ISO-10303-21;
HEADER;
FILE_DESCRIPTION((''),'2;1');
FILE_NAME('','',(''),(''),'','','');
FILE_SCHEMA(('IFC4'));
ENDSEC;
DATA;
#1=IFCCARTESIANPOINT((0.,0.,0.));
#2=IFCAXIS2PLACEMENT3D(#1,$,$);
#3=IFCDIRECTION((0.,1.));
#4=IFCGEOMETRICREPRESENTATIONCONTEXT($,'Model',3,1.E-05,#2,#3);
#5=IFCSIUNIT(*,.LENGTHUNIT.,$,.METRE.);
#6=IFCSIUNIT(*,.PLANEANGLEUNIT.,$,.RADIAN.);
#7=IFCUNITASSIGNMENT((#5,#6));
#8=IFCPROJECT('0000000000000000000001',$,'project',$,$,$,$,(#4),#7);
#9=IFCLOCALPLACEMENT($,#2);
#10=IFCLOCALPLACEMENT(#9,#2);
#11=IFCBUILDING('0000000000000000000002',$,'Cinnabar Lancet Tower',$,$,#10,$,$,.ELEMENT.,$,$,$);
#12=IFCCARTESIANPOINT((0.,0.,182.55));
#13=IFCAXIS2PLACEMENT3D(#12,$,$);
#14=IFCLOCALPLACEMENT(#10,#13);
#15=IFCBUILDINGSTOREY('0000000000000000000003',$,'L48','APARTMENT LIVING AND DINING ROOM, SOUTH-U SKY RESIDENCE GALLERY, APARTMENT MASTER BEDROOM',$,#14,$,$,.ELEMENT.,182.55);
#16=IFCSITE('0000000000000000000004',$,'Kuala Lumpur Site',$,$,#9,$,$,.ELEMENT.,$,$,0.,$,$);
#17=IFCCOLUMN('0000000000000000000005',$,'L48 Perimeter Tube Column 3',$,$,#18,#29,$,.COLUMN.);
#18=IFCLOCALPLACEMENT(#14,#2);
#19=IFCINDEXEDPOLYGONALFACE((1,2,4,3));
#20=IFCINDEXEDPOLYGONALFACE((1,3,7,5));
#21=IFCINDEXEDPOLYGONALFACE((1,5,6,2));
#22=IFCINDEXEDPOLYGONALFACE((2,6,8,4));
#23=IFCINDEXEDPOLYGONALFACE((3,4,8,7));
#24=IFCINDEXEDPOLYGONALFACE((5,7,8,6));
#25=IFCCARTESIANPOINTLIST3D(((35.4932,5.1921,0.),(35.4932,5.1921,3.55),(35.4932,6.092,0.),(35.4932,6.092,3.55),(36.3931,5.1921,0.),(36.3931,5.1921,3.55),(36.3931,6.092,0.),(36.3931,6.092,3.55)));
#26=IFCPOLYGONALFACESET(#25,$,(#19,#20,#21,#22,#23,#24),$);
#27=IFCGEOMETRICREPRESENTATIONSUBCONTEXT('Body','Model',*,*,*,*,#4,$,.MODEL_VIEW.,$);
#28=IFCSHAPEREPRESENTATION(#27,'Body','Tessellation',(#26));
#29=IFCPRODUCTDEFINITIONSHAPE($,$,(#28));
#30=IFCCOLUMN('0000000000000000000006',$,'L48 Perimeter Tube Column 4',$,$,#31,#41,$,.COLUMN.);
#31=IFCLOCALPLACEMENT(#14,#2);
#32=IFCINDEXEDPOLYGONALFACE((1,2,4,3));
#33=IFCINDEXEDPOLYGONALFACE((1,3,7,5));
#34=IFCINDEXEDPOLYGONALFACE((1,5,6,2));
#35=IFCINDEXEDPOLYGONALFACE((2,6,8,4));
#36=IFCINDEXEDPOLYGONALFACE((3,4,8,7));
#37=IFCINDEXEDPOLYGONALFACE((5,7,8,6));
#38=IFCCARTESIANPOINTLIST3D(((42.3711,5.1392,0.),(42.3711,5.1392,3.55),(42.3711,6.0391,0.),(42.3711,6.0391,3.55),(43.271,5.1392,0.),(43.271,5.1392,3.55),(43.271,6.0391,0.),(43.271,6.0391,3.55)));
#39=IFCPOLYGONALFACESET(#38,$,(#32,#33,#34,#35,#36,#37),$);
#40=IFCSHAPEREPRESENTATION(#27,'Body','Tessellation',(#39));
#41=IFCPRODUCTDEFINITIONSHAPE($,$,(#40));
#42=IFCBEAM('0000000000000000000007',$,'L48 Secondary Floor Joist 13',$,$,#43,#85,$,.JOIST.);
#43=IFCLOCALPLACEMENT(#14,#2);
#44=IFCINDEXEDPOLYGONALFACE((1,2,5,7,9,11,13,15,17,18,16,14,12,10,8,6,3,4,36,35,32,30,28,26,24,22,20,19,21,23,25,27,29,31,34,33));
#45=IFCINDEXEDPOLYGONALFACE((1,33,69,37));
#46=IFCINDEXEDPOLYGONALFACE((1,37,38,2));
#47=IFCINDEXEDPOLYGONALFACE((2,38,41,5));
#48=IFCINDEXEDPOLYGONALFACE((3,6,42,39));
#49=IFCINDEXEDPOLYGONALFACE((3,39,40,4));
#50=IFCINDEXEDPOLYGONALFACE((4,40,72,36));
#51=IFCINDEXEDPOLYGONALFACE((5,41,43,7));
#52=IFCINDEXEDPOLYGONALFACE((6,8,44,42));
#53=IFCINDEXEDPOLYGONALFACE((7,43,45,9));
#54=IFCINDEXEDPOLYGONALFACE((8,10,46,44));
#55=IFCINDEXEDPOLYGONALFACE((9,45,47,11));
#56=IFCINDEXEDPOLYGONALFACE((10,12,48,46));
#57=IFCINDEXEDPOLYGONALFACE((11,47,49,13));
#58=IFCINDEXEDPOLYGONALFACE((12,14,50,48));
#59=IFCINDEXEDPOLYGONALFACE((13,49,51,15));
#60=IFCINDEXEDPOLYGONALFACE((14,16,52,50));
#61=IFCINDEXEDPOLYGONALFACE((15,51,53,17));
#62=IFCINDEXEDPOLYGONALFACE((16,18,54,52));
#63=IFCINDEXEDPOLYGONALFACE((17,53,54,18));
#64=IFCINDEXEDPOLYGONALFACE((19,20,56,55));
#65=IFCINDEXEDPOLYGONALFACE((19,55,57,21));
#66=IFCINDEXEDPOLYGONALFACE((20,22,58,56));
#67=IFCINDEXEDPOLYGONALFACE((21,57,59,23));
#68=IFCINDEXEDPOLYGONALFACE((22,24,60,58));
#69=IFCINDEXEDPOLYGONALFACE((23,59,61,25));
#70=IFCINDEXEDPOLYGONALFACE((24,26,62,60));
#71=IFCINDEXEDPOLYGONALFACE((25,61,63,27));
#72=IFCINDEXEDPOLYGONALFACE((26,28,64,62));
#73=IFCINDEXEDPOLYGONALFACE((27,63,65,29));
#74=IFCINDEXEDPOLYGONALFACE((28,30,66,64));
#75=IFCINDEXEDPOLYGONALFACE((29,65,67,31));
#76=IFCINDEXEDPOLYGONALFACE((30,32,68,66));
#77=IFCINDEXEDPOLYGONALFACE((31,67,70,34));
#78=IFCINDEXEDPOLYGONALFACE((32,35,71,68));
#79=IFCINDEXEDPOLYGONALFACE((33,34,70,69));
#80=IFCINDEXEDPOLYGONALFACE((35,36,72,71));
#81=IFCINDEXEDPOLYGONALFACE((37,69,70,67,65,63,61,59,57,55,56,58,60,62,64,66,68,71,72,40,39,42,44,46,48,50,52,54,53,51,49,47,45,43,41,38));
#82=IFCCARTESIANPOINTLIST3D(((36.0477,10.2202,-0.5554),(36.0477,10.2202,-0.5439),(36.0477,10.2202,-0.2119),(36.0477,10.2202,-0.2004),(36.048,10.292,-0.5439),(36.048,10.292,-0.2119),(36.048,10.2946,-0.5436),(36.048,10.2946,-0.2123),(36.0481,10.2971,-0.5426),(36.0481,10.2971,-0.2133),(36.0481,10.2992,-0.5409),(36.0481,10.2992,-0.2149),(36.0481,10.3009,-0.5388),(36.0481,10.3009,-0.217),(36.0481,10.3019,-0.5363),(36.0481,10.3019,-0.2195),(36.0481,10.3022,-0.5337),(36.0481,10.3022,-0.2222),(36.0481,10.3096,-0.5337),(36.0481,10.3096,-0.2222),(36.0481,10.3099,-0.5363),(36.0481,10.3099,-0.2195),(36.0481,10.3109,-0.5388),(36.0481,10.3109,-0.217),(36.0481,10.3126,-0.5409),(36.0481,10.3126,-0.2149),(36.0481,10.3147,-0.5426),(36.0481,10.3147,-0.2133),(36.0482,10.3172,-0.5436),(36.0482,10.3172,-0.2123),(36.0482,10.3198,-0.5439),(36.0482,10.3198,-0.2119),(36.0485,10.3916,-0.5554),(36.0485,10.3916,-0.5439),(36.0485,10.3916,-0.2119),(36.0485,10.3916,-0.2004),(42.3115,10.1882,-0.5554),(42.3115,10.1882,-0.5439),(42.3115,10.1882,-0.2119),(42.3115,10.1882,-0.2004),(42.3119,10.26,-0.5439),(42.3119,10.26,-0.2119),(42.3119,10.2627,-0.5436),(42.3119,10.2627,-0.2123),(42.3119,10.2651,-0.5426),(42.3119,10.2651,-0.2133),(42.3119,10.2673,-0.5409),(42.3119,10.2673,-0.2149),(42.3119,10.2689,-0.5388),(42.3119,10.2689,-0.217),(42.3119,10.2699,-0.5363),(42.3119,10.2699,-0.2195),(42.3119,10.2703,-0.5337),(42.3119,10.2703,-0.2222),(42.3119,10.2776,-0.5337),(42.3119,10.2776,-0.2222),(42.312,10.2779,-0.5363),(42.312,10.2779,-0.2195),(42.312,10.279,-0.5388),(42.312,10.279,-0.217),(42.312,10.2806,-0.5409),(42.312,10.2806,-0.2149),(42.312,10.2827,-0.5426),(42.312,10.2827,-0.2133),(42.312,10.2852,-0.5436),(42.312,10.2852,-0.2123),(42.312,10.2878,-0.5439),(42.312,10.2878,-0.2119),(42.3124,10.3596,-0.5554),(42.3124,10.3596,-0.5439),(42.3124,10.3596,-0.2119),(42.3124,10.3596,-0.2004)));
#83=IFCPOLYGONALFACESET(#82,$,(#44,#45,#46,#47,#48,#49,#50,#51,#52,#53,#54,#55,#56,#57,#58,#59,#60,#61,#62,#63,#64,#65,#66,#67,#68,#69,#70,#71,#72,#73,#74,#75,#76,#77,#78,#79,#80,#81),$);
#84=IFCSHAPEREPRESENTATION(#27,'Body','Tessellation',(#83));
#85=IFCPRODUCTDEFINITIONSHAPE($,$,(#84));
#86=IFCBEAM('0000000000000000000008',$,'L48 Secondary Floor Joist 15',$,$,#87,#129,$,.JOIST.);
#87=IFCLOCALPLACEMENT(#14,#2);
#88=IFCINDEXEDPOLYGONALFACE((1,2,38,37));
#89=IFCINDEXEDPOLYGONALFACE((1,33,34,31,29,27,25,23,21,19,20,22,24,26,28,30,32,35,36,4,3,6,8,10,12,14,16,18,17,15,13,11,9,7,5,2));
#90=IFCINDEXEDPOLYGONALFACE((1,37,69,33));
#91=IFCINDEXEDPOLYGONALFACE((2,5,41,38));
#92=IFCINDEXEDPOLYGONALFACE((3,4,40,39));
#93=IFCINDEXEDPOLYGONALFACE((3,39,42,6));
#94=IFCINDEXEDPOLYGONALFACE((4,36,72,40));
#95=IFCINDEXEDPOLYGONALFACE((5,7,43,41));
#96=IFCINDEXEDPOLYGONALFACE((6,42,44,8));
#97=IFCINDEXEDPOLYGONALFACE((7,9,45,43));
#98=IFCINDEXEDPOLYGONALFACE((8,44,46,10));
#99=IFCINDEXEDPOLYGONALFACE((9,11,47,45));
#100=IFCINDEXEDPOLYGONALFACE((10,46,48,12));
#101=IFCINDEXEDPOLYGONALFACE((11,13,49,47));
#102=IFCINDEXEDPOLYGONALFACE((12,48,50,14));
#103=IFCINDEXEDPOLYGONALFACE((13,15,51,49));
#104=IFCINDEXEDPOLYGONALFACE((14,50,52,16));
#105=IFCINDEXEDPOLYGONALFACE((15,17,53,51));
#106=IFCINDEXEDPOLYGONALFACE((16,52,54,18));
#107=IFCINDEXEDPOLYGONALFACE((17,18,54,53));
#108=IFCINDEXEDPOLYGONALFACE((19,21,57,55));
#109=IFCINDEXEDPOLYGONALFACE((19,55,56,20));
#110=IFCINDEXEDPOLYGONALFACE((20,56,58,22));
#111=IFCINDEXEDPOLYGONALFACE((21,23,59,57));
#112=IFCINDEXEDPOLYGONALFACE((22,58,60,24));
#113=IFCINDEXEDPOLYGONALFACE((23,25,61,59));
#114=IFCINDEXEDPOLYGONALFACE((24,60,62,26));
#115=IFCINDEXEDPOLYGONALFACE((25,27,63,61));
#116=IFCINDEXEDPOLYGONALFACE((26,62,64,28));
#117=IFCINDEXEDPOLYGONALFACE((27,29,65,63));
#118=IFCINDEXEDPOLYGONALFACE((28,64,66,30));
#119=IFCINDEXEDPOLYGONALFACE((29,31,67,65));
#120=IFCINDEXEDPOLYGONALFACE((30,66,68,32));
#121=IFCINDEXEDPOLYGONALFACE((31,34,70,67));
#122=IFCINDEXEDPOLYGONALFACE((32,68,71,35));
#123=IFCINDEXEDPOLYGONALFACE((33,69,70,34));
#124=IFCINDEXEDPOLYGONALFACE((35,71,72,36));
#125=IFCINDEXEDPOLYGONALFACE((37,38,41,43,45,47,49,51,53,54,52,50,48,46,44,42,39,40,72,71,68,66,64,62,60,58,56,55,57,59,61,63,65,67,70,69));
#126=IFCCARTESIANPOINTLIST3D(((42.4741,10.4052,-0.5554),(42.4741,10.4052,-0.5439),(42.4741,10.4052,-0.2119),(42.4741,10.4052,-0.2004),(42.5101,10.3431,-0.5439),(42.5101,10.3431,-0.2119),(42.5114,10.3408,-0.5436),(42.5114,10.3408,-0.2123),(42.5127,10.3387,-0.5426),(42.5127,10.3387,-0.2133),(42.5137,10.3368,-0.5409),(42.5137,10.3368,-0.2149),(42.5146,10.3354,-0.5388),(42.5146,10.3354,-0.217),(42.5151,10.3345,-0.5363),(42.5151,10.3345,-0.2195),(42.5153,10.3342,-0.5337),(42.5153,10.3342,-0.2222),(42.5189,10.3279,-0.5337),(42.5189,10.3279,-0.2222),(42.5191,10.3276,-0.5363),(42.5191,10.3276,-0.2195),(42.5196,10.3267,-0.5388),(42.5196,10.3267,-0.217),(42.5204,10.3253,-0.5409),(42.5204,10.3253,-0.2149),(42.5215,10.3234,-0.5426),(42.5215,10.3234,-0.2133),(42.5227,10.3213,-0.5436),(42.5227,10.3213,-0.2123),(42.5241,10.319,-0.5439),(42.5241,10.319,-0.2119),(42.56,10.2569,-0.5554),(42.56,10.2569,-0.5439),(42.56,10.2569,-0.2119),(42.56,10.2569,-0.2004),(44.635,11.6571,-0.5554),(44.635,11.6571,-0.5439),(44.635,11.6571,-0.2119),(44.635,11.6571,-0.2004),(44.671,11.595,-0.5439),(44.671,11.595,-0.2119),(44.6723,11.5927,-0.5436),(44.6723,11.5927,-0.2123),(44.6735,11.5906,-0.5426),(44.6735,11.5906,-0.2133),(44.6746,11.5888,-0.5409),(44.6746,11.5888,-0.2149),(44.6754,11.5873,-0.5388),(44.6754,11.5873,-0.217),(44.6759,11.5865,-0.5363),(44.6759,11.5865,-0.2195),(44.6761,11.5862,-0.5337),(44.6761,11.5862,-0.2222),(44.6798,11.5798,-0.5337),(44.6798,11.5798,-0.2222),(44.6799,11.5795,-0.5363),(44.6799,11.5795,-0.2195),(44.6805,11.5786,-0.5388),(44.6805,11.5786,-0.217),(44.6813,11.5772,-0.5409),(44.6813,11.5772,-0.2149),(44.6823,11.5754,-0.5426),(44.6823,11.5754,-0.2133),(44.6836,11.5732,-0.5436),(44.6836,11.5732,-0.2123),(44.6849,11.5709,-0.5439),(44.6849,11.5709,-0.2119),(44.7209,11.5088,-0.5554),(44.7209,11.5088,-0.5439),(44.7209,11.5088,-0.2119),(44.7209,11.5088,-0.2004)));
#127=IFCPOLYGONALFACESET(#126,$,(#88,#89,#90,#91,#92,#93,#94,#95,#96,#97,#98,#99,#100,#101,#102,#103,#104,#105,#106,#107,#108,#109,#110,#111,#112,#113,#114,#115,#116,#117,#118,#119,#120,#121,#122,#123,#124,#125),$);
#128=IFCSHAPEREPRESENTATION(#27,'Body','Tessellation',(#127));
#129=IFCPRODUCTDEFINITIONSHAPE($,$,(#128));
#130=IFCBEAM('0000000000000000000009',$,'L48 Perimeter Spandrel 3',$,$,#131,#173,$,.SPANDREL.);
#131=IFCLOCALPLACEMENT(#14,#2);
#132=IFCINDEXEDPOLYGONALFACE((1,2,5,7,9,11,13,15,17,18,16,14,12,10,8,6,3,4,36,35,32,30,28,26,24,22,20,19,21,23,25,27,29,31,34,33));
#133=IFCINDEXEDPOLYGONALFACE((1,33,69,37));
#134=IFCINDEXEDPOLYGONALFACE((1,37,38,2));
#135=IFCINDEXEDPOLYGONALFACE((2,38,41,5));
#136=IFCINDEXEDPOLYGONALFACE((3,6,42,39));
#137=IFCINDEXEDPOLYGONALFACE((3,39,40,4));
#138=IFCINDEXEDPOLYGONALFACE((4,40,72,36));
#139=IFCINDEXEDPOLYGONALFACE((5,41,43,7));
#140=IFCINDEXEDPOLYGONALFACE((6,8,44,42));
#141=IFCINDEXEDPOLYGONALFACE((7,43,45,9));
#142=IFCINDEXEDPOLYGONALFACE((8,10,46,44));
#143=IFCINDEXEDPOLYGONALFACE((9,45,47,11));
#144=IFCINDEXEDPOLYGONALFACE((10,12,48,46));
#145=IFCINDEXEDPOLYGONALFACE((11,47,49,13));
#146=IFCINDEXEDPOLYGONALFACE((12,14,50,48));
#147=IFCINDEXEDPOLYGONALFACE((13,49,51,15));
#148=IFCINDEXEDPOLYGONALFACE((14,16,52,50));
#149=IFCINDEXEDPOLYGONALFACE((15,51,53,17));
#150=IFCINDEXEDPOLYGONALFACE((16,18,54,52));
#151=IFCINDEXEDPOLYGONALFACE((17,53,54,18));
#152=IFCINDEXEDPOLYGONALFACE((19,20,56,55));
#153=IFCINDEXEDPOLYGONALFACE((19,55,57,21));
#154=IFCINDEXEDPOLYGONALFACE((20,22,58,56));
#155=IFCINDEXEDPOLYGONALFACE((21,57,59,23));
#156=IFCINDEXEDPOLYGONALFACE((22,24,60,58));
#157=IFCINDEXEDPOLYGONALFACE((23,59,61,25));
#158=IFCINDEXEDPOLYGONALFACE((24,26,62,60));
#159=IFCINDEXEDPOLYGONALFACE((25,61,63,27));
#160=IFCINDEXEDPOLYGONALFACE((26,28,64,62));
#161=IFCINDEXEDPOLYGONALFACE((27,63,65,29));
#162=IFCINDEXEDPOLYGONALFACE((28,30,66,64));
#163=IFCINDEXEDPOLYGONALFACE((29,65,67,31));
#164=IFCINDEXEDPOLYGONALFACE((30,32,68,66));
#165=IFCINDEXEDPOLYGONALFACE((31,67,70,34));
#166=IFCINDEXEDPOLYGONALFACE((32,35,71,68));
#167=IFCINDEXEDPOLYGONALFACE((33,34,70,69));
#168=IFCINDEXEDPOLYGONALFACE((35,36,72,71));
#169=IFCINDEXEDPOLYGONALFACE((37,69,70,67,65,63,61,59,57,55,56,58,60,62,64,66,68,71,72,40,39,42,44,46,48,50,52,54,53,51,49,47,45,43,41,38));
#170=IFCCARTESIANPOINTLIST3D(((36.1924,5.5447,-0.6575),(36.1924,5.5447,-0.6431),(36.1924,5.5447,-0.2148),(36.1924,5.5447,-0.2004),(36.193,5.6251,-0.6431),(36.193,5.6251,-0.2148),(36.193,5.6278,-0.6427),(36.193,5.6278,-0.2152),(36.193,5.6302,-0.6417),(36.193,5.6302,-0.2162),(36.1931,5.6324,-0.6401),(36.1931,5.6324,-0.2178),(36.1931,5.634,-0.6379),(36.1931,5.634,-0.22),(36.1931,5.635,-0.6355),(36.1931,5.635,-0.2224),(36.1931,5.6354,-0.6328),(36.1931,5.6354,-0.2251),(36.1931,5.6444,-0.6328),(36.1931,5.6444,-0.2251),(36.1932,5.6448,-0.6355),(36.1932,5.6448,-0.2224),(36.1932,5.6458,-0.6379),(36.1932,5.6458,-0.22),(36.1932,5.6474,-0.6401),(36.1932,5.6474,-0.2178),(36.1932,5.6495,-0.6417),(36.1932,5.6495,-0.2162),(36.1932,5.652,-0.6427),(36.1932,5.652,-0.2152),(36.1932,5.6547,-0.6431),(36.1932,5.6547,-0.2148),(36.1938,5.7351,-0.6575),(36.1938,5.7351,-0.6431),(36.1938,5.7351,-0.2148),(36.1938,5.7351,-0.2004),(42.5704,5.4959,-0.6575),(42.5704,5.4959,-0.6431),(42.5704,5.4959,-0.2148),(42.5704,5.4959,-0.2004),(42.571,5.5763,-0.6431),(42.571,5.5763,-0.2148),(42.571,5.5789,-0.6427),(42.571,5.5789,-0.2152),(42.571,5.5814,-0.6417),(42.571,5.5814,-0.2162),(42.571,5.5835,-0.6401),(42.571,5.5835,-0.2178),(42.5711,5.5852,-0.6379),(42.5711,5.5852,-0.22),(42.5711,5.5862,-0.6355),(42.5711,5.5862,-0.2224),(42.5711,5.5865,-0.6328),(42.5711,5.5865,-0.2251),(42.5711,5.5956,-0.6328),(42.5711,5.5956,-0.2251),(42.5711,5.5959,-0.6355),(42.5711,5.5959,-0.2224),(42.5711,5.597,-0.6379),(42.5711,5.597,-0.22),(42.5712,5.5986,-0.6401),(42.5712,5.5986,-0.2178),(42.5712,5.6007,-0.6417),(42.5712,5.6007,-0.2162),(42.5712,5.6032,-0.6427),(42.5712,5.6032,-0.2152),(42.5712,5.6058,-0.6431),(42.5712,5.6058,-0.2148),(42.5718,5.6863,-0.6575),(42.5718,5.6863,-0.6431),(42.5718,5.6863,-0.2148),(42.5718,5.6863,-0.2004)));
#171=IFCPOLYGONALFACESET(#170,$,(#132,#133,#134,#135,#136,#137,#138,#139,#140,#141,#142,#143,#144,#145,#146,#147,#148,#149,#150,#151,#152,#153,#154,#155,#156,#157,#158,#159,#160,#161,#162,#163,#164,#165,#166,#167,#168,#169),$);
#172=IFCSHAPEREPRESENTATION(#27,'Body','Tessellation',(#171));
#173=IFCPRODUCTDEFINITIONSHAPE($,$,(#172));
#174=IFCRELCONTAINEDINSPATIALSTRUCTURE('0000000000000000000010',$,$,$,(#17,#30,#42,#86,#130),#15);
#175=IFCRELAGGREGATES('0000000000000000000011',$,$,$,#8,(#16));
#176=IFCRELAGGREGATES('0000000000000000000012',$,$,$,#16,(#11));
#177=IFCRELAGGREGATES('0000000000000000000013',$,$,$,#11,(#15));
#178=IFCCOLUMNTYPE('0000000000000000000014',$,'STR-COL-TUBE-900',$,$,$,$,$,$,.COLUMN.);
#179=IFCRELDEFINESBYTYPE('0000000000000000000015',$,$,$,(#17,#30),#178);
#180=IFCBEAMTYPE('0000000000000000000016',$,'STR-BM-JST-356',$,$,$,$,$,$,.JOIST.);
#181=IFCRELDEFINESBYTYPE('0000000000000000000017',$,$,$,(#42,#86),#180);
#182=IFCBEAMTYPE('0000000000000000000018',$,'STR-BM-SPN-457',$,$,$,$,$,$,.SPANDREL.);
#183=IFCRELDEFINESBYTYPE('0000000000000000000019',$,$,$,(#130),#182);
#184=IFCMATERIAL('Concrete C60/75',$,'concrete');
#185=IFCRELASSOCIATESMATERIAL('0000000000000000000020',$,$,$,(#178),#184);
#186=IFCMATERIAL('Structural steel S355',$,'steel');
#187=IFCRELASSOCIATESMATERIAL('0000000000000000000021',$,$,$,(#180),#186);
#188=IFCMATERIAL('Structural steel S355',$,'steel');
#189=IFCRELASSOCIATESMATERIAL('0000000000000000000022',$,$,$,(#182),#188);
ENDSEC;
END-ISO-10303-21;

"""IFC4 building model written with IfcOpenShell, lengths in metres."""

from ifc_helpers import new_model, si_unit, direction, frame, origin, origin_2d, place, context, subcontext, project, spatial, rectangle, i_section, extrude, material, material_profile, profile_set, type_object, element, save


model = new_model("IFC4")

# Units and contexts
model_context = context("Model", 3, precision=1e-05, world=origin(), true_north=direction((0.0, 1.0)))
body_context = subcontext(model_context, "Body", "Model", "MODEL_VIEW")
ifc_project = project(units=[si_unit("LENGTHUNIT", "METRE"), si_unit("PLANEANGLEUNIT", "RADIAN")], contexts=[model_context])

# Site, building, storey
site_placement = place(None, origin())
site = spatial("IfcSite", under=ifc_project, at=site_placement, Name="Kuala Lumpur Site", CompositionType="ELEMENT", RefElevation=0.0)
building_placement = place(site_placement, origin())
building = spatial("IfcBuilding", under=site, at=building_placement, Name="Cinnabar Lancet Tower", CompositionType="ELEMENT")
storey_placement = place(building_placement, frame((0.0, 0.0, 182.55)))
storey = spatial("IfcBuildingStorey", under=building, at=storey_placement, Name="L48", Description="APARTMENT LIVING AND DINING ROOM, SOUTH-U SKY RESIDENCE GALLERY, APARTMENT MASTER BEDROOM", CompositionType="ELEMENT", Elevation=182.55)

# Columns
ifc_material_1 = material(Name="Concrete C60/75", Category="concrete")
ifc_material_profile_1 = material_profile(ifc_material_1, rectangle(XDim=0.8999, YDim=0.8999, at=origin_2d()), Name="RC-COL 900x900")
ifc_profile_set_1 = profile_set([ifc_material_profile_1], Name="Concrete C60/75")
column_type = type_object("IfcColumnType", Name="STR-COL-TUBE-900", PredefinedType="COLUMN", material=ifc_profile_set_1)
for number, where, z_axis, x_axis, name in (
    (1, (35.9431, 5.6421, 0.0), (0.0, 0.0, 1.0), (1.0, 0.0, 0.0), "L48 Perimeter Tube Column 3"),
    (2, (42.821, 5.5891, 0.0), (0.0, 0.0, 1.0), (1.0, 0.0, 0.0), "L48 Perimeter Tube Column 4"),
):
    element("IfcColumn", number, at=place(storey_placement, frame(where, z_axis=z_axis, x_axis=x_axis)), inside=storey, type_object=column_type, Name=name, PredefinedType="COLUMN", context=body_context, shape_type="SweptSolid", body=[
        extrude(rectangle(XDim=0.8999, YDim=0.8999, at=origin_2d()), origin(), (0.0, 0.0, 1.0), 3.55),
    ])

# Beams
ifc_material_2 = material(Name="Structural steel S355", Category="steel")
ifc_material_profile_2 = material_profile(ifc_material_2, i_section(OverallWidth=0.1714, OverallDepth=0.355, WebThickness=0.0073, FlangeThickness=0.0115, FilletRadius=0.0103, at=origin_2d()), Name="UKB 356x171x51")
ifc_profile_set_2 = profile_set([ifc_material_profile_2], Name="Structural steel S355")
beam_type_1 = type_object("IfcBeamType", Name="STR-BM-JST-356", PredefinedType="JOIST", material=ifc_profile_set_2)
beam_1_placement = place(storey_placement, frame((36.0481, 10.3059, -0.3779), z_axis=(0.999987, -0.005106, 0.0), x_axis=(0.005106, 0.999987, 0.0)))
element("IfcBeam", 3, at=beam_1_placement, inside=storey, type_object=beam_type_1, Name="L48 Secondary Floor Joist 13", PredefinedType="JOIST", context=body_context, shape_type="SweptSolid", body=[
    extrude(i_section(OverallWidth=0.1714, OverallDepth=0.355, WebThickness=0.0073, FlangeThickness=0.0115, FilletRadius=0.0103, at=origin_2d()), origin(), (0.0, 0.0, 1.0), 6.2639),
])
beam_2_placement = place(storey_placement, frame((42.5171, 10.3311, -0.3779), z_axis=(0.865268, 0.50131, 0.0), x_axis=(-0.50131, 0.865268, 0.0)))
element("IfcBeam", 4, at=beam_2_placement, inside=storey, type_object=beam_type_1, Name="L48 Secondary Floor Joist 15", PredefinedType="JOIST", context=body_context, shape_type="SweptSolid", body=[
    extrude(i_section(OverallWidth=0.1714, OverallDepth=0.355, WebThickness=0.0073, FlangeThickness=0.0115, FilletRadius=0.0103, at=origin_2d()), origin(), (0.0, 0.0, 1.0), 2.4973),
])
ifc_material_3 = material(Name="Structural steel S355", Category="steel")
ifc_material_profile_3 = material_profile(ifc_material_3, i_section(OverallWidth=0.1904, OverallDepth=0.457, WebThickness=0.009, FlangeThickness=0.0144, FilletRadius=0.0103, at=origin_2d()), Name="UKB 457x191x74")
ifc_profile_set_3 = profile_set([ifc_material_profile_3], Name="Structural steel S355")
beam_type_2 = type_object("IfcBeamType", Name="STR-BM-SPN-457", PredefinedType="SPANDREL", material=ifc_profile_set_3)
beam_3_placement = place(storey_placement, frame((36.1931, 5.6399, -0.429), z_axis=(0.999971, -0.007656, 0.0), x_axis=(0.007656, 0.999971, 0.0)))
element("IfcBeam", 5, at=beam_3_placement, inside=storey, type_object=beam_type_2, Name="L48 Perimeter Spandrel 3", PredefinedType="SPANDREL", context=body_context, shape_type="SweptSolid", body=[
    extrude(i_section(OverallWidth=0.1904, OverallDepth=0.457, WebThickness=0.009, FlangeThickness=0.0144, FilletRadius=0.0103, at=origin_2d()), origin(), (0.0, 0.0, 1.0), 6.3782),
])

save(model, "model.ifc")
